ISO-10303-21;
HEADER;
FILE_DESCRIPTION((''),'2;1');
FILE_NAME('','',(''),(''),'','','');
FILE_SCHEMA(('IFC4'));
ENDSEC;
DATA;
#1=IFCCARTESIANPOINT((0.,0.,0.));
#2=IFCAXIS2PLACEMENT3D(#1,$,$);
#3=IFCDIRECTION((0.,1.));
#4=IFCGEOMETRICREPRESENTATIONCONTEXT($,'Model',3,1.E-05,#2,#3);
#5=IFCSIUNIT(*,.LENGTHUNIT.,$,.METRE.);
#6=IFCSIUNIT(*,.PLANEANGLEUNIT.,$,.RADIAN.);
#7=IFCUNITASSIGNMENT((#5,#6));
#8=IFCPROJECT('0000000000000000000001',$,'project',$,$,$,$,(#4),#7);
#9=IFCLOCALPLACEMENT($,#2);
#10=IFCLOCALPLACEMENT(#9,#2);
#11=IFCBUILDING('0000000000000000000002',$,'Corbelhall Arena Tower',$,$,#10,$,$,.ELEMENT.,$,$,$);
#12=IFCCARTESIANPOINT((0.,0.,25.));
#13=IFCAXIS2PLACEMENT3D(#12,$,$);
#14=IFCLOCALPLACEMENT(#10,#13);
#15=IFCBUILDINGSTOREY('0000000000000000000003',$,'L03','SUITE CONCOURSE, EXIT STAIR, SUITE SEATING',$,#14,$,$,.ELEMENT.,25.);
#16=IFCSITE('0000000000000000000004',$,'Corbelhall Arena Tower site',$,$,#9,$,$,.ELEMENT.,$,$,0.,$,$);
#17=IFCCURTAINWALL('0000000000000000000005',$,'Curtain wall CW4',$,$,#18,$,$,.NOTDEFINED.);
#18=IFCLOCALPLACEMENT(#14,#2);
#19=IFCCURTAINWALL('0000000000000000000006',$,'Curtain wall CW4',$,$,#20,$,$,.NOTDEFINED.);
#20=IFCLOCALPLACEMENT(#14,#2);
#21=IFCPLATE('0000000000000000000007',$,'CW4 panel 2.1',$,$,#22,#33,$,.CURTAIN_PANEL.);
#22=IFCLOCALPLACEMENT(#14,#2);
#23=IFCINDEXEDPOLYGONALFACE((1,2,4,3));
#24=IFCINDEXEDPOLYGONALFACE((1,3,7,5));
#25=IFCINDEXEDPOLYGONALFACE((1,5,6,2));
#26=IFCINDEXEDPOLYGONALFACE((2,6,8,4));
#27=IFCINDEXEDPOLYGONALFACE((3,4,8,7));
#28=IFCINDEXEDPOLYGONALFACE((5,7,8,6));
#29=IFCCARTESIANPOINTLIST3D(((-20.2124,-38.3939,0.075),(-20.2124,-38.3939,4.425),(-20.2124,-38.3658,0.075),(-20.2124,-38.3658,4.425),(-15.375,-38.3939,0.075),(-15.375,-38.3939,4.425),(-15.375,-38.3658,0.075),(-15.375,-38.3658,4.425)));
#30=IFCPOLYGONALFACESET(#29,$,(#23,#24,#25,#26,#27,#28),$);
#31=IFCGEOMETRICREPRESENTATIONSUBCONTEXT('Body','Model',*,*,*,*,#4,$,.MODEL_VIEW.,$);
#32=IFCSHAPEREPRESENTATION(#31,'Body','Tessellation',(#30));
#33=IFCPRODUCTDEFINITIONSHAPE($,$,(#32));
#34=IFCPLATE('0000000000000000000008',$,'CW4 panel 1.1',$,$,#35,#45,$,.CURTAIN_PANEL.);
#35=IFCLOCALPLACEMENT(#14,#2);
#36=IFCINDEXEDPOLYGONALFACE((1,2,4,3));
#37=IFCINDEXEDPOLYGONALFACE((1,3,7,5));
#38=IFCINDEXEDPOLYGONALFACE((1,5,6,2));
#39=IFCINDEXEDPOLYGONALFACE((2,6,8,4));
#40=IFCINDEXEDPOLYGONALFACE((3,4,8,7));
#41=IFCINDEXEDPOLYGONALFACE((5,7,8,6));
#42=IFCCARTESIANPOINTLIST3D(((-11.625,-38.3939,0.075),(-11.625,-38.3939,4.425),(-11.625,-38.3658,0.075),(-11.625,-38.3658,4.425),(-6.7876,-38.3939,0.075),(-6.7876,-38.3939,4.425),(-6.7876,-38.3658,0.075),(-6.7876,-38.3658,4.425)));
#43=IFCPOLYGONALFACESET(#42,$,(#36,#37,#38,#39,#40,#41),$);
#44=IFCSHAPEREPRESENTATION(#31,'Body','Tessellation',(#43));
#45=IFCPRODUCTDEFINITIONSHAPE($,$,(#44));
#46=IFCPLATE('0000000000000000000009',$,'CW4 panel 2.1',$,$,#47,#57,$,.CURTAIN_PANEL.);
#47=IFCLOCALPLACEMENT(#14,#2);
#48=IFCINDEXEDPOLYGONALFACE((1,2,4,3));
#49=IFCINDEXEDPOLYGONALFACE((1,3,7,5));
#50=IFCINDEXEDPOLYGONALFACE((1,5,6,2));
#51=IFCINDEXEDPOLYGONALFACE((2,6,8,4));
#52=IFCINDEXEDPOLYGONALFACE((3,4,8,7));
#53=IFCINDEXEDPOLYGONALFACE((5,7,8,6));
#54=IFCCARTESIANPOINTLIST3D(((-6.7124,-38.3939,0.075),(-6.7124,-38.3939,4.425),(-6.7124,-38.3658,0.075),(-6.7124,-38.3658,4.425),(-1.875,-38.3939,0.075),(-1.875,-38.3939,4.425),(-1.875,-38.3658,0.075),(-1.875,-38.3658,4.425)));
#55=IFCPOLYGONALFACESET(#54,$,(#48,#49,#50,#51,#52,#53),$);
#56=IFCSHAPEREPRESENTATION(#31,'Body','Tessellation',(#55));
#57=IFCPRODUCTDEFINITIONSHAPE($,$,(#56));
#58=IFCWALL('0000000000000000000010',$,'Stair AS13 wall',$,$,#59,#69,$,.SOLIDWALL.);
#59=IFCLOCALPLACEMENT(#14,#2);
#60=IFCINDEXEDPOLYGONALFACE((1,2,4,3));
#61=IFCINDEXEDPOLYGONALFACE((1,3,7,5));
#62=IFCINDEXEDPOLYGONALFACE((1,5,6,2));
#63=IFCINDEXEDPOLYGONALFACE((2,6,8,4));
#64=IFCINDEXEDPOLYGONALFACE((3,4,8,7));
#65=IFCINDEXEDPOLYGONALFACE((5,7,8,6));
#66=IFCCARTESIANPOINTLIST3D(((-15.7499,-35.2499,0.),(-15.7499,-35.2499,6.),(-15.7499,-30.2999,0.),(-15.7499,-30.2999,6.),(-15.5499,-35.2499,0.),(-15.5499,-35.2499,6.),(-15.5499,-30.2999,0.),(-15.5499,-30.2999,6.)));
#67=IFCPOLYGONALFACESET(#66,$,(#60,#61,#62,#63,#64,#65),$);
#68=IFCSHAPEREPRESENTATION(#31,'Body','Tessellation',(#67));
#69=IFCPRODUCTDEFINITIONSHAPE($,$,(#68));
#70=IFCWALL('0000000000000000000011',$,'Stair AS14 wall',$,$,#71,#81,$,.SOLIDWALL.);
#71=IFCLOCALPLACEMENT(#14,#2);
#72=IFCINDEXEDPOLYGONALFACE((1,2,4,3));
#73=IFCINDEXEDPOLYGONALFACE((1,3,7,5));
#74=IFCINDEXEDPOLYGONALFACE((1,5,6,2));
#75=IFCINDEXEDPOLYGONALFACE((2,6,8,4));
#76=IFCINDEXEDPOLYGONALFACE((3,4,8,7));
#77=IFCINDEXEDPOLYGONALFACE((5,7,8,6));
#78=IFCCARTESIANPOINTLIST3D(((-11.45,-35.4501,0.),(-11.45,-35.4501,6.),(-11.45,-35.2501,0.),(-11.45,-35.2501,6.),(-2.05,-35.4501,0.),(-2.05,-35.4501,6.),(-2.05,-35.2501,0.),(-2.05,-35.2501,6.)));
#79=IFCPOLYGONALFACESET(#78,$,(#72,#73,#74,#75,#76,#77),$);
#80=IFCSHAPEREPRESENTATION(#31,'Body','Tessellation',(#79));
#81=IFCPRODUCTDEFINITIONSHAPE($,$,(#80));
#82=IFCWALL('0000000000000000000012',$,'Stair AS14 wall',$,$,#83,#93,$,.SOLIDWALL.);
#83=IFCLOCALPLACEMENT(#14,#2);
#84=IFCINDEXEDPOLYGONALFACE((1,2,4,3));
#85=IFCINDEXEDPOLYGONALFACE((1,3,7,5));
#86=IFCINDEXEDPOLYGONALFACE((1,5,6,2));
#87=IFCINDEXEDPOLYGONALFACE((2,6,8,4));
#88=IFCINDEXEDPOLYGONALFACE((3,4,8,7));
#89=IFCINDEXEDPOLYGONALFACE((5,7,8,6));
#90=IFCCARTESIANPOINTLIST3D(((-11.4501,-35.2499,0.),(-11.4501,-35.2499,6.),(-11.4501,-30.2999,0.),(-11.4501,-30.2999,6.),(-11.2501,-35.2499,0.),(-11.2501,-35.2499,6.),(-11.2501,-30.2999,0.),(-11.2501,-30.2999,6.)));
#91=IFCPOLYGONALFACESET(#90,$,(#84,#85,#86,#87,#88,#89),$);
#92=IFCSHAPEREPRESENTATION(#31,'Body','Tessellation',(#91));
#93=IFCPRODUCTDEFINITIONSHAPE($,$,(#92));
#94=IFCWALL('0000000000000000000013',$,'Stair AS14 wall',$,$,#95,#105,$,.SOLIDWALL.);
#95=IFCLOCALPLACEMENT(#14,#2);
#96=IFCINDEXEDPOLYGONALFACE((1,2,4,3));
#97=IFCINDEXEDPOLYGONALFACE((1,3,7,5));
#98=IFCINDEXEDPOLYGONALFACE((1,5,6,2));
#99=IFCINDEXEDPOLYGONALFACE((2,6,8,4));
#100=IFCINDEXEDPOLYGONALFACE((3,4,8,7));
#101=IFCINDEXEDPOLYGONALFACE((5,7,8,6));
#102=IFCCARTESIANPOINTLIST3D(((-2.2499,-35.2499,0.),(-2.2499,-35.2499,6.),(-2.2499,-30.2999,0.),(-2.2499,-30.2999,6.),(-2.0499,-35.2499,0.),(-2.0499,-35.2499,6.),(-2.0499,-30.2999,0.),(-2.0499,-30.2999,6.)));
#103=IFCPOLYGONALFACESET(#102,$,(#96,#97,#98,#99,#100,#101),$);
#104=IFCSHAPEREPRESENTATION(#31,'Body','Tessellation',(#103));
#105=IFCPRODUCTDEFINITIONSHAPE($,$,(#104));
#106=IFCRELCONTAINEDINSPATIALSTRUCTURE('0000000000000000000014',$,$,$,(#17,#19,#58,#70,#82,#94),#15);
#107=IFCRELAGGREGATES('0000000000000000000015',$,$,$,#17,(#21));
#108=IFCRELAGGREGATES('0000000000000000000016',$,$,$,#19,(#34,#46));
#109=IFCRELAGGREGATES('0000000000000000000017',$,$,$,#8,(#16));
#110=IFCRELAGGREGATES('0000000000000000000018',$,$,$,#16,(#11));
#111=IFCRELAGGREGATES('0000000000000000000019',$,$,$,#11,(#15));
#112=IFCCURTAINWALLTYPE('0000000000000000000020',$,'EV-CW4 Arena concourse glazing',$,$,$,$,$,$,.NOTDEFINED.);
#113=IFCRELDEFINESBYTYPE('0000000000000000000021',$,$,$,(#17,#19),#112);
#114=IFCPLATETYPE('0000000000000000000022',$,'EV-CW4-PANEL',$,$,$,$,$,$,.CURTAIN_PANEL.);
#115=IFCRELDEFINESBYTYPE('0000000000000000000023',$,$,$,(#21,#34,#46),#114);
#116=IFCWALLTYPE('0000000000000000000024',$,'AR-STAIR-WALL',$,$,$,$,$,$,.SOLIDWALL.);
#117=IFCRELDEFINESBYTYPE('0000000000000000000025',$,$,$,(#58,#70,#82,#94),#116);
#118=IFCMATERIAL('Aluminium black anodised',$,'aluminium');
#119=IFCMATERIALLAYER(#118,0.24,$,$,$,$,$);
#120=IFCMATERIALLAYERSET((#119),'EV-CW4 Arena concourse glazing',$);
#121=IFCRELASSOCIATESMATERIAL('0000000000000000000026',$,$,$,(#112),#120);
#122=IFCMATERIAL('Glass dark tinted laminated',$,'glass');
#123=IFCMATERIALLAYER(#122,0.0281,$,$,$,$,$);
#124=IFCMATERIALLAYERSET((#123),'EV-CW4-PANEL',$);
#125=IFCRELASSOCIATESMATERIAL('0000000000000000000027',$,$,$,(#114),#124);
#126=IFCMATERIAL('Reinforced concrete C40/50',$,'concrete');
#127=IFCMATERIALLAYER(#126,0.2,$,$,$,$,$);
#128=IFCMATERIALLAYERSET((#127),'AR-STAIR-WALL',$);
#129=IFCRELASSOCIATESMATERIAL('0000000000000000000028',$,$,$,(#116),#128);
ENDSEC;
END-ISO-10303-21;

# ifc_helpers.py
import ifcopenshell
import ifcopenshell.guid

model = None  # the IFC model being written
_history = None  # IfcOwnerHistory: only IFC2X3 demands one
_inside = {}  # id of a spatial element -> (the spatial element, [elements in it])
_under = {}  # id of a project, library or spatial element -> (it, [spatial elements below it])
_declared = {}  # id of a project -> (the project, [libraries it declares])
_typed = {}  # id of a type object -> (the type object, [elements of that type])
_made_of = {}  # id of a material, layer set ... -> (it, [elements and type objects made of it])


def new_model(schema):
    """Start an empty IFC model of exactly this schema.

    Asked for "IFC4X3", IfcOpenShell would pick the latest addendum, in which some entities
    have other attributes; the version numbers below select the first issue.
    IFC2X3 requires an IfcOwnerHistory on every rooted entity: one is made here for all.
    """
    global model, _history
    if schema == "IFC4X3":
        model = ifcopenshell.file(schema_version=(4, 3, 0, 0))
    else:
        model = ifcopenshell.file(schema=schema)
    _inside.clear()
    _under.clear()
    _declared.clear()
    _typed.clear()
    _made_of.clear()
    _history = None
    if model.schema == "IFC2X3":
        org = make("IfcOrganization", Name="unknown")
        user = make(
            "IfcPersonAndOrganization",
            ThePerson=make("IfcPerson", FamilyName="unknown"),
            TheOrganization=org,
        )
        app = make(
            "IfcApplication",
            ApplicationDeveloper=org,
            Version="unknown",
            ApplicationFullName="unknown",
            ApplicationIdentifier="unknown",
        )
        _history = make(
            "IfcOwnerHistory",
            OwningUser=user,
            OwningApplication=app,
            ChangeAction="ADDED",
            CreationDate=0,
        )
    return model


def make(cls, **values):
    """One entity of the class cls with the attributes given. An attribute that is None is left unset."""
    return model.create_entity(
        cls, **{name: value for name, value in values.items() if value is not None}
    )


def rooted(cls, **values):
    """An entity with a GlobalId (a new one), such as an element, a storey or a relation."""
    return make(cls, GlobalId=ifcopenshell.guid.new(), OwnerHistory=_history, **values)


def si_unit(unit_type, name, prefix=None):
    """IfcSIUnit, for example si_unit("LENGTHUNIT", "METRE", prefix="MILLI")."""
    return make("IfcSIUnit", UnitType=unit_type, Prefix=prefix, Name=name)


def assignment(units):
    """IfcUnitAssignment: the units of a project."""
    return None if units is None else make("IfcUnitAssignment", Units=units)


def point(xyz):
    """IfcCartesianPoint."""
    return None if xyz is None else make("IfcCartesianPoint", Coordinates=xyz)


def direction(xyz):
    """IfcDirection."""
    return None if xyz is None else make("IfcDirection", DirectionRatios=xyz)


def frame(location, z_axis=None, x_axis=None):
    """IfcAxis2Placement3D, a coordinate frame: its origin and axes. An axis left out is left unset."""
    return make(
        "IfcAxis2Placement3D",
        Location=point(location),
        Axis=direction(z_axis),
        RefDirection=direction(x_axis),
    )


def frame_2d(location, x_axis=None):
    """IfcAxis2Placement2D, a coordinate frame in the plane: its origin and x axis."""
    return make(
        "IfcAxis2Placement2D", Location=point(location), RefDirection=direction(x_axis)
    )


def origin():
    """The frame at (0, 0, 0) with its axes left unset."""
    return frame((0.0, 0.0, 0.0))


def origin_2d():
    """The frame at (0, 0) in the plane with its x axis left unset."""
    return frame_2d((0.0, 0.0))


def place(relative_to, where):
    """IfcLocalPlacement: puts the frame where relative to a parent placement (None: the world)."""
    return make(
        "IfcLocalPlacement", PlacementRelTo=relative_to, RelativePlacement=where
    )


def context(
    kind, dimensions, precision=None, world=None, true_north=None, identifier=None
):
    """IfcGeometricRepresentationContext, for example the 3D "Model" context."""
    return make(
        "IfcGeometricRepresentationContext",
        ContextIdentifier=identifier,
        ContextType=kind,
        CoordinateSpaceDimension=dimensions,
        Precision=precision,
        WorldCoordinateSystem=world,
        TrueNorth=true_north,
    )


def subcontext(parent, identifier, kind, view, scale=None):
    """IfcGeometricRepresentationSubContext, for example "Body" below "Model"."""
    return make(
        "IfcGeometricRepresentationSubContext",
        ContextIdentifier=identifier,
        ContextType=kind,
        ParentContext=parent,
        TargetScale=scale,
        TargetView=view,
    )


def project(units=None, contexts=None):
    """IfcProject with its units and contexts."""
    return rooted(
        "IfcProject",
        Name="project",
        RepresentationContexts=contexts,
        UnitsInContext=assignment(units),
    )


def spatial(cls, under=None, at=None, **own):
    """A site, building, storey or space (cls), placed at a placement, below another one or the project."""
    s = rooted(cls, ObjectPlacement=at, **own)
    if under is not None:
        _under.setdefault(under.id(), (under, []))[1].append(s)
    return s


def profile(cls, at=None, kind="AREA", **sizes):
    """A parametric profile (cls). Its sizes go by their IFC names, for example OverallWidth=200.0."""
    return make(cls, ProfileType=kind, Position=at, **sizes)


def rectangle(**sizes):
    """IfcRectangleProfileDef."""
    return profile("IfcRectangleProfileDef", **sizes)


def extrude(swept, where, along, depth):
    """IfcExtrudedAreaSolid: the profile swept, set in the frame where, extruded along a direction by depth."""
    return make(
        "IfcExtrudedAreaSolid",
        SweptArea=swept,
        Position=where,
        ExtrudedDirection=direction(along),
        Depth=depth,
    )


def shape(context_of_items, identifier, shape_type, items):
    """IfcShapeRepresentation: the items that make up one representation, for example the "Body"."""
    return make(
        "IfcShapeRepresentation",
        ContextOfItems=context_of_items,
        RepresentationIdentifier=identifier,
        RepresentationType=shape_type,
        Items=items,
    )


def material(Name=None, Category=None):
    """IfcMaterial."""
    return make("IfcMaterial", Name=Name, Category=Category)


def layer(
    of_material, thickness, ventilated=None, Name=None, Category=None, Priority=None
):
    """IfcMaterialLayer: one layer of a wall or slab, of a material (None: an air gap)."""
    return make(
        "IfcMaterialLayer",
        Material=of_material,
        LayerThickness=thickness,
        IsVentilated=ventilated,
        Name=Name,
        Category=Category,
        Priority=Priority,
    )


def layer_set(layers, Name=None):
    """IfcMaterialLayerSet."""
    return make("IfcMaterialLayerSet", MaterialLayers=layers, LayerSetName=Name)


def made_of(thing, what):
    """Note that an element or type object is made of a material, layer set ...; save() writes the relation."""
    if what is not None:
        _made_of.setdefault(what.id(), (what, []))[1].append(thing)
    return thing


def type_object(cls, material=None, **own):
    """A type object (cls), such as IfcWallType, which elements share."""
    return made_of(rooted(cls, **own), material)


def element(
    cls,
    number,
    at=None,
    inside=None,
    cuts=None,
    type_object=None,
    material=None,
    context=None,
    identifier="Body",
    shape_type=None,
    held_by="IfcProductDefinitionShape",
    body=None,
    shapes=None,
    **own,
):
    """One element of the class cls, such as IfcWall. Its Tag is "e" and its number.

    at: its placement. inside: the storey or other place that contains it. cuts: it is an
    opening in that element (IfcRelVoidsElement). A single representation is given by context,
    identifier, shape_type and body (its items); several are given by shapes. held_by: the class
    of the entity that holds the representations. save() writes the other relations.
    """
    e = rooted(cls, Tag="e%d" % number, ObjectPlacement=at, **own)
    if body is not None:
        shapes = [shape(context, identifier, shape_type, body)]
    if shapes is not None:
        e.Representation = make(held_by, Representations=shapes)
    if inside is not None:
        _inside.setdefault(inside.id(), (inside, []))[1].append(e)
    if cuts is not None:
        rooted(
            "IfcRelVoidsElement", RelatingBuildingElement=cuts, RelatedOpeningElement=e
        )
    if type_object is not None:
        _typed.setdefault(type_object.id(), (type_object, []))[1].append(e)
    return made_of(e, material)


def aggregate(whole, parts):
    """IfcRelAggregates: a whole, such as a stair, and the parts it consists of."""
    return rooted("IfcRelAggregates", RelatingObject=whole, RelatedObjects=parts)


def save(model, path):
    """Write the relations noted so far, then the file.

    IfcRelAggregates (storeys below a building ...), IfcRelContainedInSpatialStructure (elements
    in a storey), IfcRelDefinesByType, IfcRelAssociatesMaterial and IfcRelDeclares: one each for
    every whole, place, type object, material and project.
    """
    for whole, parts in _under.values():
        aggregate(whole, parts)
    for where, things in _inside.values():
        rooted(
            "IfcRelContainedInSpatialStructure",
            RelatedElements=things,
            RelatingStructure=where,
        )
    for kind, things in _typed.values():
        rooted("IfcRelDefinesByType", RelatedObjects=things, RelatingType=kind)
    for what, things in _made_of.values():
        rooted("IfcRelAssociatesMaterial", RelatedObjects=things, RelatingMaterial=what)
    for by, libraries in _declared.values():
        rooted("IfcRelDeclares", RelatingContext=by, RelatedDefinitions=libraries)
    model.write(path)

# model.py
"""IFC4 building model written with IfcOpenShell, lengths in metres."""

from ifc_helpers import new_model, si_unit, direction, frame, frame_2d, origin, origin_2d, place, context, subcontext, project, spatial, rectangle, extrude, material, layer, layer_set, type_object, element, aggregate, save


model = new_model("IFC4")

# Units and contexts
model_context = context("Model", 3, precision=1e-05, world=origin(), true_north=direction((0.0, 1.0)))
body_context = subcontext(model_context, "Body", "Model", "MODEL_VIEW")
ifc_project = project(units=[si_unit("LENGTHUNIT", "METRE"), si_unit("PLANEANGLEUNIT", "RADIAN")], contexts=[model_context])

# Site, building, storey
site_placement = place(None, origin())
site = spatial("IfcSite", under=ifc_project, at=site_placement, Name="Corbelhall Arena Tower site", CompositionType="ELEMENT", RefElevation=0.0)
building_placement = place(site_placement, origin())
building = spatial("IfcBuilding", under=site, at=building_placement, Name="Corbelhall Arena Tower", CompositionType="ELEMENT")
storey_placement = place(building_placement, frame((0.0, 0.0, 25.0)))
storey = spatial("IfcBuildingStorey", under=building, at=storey_placement, Name="L03", Description="SUITE CONCOURSE, EXIT STAIR, SUITE SEATING", CompositionType="ELEMENT", Elevation=25.0)

# Curtain wall
ifc_material_1 = material(Name="Aluminium black anodised", Category="aluminium")
ifc_layer_1 = layer(ifc_material_1, 0.24)
ifc_layer_set_1 = layer_set([ifc_layer_1], Name="EV-CW4 Arena concourse glazing")
curtain_wall_type = type_object("IfcCurtainWallType", Name="EV-CW4 Arena concourse glazing", PredefinedType="NOTDEFINED", material=ifc_layer_set_1)
curtain_wall_1_placement = place(storey_placement, origin())
curtain_wall_1 = element("IfcCurtainWall", 1, at=curtain_wall_1_placement, inside=storey, type_object=curtain_wall_type, Name="Curtain wall CW4", PredefinedType="NOTDEFINED")

# Curtain wall
curtain_wall_2_placement = place(storey_placement, origin())
curtain_wall_2 = element("IfcCurtainWall", 2, at=curtain_wall_2_placement, inside=storey, type_object=curtain_wall_type, Name="Curtain wall CW4", PredefinedType="NOTDEFINED")

# Plates
ifc_material_2 = material(Name="Glass dark tinted laminated", Category="glass")
ifc_layer_2 = layer(ifc_material_2, 0.0281)
ifc_layer_set_2 = layer_set([ifc_layer_2], Name="EV-CW4-PANEL")
plate_type = type_object("IfcPlateType", Name="EV-CW4-PANEL", PredefinedType="CURTAIN_PANEL", material=ifc_layer_set_2)
plate_1_placement = place(storey_placement, frame((-17.7937, -38.3799, 0.075), z_axis=(0.0, 0.0, 1.0), x_axis=(1.0, 0.0, 0.0)))
plate_1 = element("IfcPlate", 3, at=plate_1_placement, type_object=plate_type, Name="CW4 panel 2.1", PredefinedType="CURTAIN_PANEL", context=body_context, shape_type="SweptSolid", body=[
    extrude(rectangle(XDim=4.8374, YDim=0.0281, at=origin_2d()), origin(), (0.0, 0.0, 1.0), 4.3501),
])
aggregate(curtain_wall_1, [plate_1])
plate_2_placement = place(storey_placement, frame((-9.2063, -38.3799, 0.075), z_axis=(0.0, 0.0, 1.0), x_axis=(1.0, 0.0, 0.0)))
plate_2 = element("IfcPlate", 4, at=plate_2_placement, type_object=plate_type, Name="CW4 panel 1.1", PredefinedType="CURTAIN_PANEL", context=body_context, shape_type="SweptSolid", body=[
    extrude(rectangle(XDim=4.8374, YDim=0.0281, at=origin_2d()), origin(), (0.0, 0.0, 1.0), 4.3501),
])
plate_3_placement = place(storey_placement, frame((-4.2937, -38.3799, 0.075), z_axis=(0.0, 0.0, 1.0), x_axis=(1.0, 0.0, 0.0)))
plate_3 = element("IfcPlate", 5, at=plate_3_placement, type_object=plate_type, Name="CW4 panel 2.1", PredefinedType="CURTAIN_PANEL", context=body_context, shape_type="SweptSolid", body=[
    extrude(rectangle(XDim=4.8374, YDim=0.0281, at=origin_2d()), origin(), (0.0, 0.0, 1.0), 4.3501),
])
aggregate(curtain_wall_2, [plate_2, plate_3])

# Walls
ifc_material_3 = material(Name="Reinforced concrete C40/50", Category="concrete")
ifc_layer_3 = layer(ifc_material_3, 0.2)
ifc_layer_set_3 = layer_set([ifc_layer_3], Name="AR-STAIR-WALL")
wall_type = type_object("IfcWallType", Name="AR-STAIR-WALL", PredefinedType="SOLIDWALL", material=ifc_layer_set_3)
wall_1_placement = place(storey_placement, frame((-15.6499, -35.25, 0.0), z_axis=(0.0, 0.0, 1.0), x_axis=(0.0, 1.0, 0.0)))
element("IfcWall", 6, at=wall_1_placement, inside=storey, type_object=wall_type, Name="Stair AS13 wall", PredefinedType="SOLIDWALL", context=body_context, shape_type="SweptSolid", body=[
    extrude(rectangle(XDim=4.95, YDim=0.2, at=frame_2d((2.4751, 0.0))), origin(), (0.0, 0.0, 1.0), 6.0),
])
wall_2_placement = place(storey_placement, frame((-11.45, -35.3501, 0.0), z_axis=(0.0, 0.0, 1.0), x_axis=(1.0, 0.0, 0.0)))
element("IfcWall", 7, at=wall_2_placement, inside=storey, type_object=wall_type, Name="Stair AS14 wall", PredefinedType="SOLIDWALL", context=body_context, shape_type="SweptSolid", body=[
    extrude(rectangle(XDim=9.3999, YDim=0.2, at=frame_2d((4.7, 0.0))), origin(), (0.0, 0.0, 1.0), 6.0),
])
for number, where, z_axis, x_axis, name in (
    (8, (-11.3501, -35.25, 0.0), (0.0, 0.0, 1.0), (0.0, 1.0, 0.0), "Stair AS14 wall"),
    (9, (-2.1499, -35.25, 0.0), (0.0, 0.0, 1.0), (0.0, 1.0, 0.0), "Stair AS14 wall"),
):
    element("IfcWall", number, at=place(storey_placement, frame(where, z_axis=z_axis, x_axis=x_axis)), inside=storey, type_object=wall_type, Name=name, PredefinedType="SOLIDWALL", context=body_context, shape_type="SweptSolid", body=[
        extrude(rectangle(XDim=4.95, YDim=0.2, at=frame_2d((2.4751, 0.0))), origin(), (0.0, 0.0, 1.0), 6.0),
    ])

save(model, "model.ifc")
